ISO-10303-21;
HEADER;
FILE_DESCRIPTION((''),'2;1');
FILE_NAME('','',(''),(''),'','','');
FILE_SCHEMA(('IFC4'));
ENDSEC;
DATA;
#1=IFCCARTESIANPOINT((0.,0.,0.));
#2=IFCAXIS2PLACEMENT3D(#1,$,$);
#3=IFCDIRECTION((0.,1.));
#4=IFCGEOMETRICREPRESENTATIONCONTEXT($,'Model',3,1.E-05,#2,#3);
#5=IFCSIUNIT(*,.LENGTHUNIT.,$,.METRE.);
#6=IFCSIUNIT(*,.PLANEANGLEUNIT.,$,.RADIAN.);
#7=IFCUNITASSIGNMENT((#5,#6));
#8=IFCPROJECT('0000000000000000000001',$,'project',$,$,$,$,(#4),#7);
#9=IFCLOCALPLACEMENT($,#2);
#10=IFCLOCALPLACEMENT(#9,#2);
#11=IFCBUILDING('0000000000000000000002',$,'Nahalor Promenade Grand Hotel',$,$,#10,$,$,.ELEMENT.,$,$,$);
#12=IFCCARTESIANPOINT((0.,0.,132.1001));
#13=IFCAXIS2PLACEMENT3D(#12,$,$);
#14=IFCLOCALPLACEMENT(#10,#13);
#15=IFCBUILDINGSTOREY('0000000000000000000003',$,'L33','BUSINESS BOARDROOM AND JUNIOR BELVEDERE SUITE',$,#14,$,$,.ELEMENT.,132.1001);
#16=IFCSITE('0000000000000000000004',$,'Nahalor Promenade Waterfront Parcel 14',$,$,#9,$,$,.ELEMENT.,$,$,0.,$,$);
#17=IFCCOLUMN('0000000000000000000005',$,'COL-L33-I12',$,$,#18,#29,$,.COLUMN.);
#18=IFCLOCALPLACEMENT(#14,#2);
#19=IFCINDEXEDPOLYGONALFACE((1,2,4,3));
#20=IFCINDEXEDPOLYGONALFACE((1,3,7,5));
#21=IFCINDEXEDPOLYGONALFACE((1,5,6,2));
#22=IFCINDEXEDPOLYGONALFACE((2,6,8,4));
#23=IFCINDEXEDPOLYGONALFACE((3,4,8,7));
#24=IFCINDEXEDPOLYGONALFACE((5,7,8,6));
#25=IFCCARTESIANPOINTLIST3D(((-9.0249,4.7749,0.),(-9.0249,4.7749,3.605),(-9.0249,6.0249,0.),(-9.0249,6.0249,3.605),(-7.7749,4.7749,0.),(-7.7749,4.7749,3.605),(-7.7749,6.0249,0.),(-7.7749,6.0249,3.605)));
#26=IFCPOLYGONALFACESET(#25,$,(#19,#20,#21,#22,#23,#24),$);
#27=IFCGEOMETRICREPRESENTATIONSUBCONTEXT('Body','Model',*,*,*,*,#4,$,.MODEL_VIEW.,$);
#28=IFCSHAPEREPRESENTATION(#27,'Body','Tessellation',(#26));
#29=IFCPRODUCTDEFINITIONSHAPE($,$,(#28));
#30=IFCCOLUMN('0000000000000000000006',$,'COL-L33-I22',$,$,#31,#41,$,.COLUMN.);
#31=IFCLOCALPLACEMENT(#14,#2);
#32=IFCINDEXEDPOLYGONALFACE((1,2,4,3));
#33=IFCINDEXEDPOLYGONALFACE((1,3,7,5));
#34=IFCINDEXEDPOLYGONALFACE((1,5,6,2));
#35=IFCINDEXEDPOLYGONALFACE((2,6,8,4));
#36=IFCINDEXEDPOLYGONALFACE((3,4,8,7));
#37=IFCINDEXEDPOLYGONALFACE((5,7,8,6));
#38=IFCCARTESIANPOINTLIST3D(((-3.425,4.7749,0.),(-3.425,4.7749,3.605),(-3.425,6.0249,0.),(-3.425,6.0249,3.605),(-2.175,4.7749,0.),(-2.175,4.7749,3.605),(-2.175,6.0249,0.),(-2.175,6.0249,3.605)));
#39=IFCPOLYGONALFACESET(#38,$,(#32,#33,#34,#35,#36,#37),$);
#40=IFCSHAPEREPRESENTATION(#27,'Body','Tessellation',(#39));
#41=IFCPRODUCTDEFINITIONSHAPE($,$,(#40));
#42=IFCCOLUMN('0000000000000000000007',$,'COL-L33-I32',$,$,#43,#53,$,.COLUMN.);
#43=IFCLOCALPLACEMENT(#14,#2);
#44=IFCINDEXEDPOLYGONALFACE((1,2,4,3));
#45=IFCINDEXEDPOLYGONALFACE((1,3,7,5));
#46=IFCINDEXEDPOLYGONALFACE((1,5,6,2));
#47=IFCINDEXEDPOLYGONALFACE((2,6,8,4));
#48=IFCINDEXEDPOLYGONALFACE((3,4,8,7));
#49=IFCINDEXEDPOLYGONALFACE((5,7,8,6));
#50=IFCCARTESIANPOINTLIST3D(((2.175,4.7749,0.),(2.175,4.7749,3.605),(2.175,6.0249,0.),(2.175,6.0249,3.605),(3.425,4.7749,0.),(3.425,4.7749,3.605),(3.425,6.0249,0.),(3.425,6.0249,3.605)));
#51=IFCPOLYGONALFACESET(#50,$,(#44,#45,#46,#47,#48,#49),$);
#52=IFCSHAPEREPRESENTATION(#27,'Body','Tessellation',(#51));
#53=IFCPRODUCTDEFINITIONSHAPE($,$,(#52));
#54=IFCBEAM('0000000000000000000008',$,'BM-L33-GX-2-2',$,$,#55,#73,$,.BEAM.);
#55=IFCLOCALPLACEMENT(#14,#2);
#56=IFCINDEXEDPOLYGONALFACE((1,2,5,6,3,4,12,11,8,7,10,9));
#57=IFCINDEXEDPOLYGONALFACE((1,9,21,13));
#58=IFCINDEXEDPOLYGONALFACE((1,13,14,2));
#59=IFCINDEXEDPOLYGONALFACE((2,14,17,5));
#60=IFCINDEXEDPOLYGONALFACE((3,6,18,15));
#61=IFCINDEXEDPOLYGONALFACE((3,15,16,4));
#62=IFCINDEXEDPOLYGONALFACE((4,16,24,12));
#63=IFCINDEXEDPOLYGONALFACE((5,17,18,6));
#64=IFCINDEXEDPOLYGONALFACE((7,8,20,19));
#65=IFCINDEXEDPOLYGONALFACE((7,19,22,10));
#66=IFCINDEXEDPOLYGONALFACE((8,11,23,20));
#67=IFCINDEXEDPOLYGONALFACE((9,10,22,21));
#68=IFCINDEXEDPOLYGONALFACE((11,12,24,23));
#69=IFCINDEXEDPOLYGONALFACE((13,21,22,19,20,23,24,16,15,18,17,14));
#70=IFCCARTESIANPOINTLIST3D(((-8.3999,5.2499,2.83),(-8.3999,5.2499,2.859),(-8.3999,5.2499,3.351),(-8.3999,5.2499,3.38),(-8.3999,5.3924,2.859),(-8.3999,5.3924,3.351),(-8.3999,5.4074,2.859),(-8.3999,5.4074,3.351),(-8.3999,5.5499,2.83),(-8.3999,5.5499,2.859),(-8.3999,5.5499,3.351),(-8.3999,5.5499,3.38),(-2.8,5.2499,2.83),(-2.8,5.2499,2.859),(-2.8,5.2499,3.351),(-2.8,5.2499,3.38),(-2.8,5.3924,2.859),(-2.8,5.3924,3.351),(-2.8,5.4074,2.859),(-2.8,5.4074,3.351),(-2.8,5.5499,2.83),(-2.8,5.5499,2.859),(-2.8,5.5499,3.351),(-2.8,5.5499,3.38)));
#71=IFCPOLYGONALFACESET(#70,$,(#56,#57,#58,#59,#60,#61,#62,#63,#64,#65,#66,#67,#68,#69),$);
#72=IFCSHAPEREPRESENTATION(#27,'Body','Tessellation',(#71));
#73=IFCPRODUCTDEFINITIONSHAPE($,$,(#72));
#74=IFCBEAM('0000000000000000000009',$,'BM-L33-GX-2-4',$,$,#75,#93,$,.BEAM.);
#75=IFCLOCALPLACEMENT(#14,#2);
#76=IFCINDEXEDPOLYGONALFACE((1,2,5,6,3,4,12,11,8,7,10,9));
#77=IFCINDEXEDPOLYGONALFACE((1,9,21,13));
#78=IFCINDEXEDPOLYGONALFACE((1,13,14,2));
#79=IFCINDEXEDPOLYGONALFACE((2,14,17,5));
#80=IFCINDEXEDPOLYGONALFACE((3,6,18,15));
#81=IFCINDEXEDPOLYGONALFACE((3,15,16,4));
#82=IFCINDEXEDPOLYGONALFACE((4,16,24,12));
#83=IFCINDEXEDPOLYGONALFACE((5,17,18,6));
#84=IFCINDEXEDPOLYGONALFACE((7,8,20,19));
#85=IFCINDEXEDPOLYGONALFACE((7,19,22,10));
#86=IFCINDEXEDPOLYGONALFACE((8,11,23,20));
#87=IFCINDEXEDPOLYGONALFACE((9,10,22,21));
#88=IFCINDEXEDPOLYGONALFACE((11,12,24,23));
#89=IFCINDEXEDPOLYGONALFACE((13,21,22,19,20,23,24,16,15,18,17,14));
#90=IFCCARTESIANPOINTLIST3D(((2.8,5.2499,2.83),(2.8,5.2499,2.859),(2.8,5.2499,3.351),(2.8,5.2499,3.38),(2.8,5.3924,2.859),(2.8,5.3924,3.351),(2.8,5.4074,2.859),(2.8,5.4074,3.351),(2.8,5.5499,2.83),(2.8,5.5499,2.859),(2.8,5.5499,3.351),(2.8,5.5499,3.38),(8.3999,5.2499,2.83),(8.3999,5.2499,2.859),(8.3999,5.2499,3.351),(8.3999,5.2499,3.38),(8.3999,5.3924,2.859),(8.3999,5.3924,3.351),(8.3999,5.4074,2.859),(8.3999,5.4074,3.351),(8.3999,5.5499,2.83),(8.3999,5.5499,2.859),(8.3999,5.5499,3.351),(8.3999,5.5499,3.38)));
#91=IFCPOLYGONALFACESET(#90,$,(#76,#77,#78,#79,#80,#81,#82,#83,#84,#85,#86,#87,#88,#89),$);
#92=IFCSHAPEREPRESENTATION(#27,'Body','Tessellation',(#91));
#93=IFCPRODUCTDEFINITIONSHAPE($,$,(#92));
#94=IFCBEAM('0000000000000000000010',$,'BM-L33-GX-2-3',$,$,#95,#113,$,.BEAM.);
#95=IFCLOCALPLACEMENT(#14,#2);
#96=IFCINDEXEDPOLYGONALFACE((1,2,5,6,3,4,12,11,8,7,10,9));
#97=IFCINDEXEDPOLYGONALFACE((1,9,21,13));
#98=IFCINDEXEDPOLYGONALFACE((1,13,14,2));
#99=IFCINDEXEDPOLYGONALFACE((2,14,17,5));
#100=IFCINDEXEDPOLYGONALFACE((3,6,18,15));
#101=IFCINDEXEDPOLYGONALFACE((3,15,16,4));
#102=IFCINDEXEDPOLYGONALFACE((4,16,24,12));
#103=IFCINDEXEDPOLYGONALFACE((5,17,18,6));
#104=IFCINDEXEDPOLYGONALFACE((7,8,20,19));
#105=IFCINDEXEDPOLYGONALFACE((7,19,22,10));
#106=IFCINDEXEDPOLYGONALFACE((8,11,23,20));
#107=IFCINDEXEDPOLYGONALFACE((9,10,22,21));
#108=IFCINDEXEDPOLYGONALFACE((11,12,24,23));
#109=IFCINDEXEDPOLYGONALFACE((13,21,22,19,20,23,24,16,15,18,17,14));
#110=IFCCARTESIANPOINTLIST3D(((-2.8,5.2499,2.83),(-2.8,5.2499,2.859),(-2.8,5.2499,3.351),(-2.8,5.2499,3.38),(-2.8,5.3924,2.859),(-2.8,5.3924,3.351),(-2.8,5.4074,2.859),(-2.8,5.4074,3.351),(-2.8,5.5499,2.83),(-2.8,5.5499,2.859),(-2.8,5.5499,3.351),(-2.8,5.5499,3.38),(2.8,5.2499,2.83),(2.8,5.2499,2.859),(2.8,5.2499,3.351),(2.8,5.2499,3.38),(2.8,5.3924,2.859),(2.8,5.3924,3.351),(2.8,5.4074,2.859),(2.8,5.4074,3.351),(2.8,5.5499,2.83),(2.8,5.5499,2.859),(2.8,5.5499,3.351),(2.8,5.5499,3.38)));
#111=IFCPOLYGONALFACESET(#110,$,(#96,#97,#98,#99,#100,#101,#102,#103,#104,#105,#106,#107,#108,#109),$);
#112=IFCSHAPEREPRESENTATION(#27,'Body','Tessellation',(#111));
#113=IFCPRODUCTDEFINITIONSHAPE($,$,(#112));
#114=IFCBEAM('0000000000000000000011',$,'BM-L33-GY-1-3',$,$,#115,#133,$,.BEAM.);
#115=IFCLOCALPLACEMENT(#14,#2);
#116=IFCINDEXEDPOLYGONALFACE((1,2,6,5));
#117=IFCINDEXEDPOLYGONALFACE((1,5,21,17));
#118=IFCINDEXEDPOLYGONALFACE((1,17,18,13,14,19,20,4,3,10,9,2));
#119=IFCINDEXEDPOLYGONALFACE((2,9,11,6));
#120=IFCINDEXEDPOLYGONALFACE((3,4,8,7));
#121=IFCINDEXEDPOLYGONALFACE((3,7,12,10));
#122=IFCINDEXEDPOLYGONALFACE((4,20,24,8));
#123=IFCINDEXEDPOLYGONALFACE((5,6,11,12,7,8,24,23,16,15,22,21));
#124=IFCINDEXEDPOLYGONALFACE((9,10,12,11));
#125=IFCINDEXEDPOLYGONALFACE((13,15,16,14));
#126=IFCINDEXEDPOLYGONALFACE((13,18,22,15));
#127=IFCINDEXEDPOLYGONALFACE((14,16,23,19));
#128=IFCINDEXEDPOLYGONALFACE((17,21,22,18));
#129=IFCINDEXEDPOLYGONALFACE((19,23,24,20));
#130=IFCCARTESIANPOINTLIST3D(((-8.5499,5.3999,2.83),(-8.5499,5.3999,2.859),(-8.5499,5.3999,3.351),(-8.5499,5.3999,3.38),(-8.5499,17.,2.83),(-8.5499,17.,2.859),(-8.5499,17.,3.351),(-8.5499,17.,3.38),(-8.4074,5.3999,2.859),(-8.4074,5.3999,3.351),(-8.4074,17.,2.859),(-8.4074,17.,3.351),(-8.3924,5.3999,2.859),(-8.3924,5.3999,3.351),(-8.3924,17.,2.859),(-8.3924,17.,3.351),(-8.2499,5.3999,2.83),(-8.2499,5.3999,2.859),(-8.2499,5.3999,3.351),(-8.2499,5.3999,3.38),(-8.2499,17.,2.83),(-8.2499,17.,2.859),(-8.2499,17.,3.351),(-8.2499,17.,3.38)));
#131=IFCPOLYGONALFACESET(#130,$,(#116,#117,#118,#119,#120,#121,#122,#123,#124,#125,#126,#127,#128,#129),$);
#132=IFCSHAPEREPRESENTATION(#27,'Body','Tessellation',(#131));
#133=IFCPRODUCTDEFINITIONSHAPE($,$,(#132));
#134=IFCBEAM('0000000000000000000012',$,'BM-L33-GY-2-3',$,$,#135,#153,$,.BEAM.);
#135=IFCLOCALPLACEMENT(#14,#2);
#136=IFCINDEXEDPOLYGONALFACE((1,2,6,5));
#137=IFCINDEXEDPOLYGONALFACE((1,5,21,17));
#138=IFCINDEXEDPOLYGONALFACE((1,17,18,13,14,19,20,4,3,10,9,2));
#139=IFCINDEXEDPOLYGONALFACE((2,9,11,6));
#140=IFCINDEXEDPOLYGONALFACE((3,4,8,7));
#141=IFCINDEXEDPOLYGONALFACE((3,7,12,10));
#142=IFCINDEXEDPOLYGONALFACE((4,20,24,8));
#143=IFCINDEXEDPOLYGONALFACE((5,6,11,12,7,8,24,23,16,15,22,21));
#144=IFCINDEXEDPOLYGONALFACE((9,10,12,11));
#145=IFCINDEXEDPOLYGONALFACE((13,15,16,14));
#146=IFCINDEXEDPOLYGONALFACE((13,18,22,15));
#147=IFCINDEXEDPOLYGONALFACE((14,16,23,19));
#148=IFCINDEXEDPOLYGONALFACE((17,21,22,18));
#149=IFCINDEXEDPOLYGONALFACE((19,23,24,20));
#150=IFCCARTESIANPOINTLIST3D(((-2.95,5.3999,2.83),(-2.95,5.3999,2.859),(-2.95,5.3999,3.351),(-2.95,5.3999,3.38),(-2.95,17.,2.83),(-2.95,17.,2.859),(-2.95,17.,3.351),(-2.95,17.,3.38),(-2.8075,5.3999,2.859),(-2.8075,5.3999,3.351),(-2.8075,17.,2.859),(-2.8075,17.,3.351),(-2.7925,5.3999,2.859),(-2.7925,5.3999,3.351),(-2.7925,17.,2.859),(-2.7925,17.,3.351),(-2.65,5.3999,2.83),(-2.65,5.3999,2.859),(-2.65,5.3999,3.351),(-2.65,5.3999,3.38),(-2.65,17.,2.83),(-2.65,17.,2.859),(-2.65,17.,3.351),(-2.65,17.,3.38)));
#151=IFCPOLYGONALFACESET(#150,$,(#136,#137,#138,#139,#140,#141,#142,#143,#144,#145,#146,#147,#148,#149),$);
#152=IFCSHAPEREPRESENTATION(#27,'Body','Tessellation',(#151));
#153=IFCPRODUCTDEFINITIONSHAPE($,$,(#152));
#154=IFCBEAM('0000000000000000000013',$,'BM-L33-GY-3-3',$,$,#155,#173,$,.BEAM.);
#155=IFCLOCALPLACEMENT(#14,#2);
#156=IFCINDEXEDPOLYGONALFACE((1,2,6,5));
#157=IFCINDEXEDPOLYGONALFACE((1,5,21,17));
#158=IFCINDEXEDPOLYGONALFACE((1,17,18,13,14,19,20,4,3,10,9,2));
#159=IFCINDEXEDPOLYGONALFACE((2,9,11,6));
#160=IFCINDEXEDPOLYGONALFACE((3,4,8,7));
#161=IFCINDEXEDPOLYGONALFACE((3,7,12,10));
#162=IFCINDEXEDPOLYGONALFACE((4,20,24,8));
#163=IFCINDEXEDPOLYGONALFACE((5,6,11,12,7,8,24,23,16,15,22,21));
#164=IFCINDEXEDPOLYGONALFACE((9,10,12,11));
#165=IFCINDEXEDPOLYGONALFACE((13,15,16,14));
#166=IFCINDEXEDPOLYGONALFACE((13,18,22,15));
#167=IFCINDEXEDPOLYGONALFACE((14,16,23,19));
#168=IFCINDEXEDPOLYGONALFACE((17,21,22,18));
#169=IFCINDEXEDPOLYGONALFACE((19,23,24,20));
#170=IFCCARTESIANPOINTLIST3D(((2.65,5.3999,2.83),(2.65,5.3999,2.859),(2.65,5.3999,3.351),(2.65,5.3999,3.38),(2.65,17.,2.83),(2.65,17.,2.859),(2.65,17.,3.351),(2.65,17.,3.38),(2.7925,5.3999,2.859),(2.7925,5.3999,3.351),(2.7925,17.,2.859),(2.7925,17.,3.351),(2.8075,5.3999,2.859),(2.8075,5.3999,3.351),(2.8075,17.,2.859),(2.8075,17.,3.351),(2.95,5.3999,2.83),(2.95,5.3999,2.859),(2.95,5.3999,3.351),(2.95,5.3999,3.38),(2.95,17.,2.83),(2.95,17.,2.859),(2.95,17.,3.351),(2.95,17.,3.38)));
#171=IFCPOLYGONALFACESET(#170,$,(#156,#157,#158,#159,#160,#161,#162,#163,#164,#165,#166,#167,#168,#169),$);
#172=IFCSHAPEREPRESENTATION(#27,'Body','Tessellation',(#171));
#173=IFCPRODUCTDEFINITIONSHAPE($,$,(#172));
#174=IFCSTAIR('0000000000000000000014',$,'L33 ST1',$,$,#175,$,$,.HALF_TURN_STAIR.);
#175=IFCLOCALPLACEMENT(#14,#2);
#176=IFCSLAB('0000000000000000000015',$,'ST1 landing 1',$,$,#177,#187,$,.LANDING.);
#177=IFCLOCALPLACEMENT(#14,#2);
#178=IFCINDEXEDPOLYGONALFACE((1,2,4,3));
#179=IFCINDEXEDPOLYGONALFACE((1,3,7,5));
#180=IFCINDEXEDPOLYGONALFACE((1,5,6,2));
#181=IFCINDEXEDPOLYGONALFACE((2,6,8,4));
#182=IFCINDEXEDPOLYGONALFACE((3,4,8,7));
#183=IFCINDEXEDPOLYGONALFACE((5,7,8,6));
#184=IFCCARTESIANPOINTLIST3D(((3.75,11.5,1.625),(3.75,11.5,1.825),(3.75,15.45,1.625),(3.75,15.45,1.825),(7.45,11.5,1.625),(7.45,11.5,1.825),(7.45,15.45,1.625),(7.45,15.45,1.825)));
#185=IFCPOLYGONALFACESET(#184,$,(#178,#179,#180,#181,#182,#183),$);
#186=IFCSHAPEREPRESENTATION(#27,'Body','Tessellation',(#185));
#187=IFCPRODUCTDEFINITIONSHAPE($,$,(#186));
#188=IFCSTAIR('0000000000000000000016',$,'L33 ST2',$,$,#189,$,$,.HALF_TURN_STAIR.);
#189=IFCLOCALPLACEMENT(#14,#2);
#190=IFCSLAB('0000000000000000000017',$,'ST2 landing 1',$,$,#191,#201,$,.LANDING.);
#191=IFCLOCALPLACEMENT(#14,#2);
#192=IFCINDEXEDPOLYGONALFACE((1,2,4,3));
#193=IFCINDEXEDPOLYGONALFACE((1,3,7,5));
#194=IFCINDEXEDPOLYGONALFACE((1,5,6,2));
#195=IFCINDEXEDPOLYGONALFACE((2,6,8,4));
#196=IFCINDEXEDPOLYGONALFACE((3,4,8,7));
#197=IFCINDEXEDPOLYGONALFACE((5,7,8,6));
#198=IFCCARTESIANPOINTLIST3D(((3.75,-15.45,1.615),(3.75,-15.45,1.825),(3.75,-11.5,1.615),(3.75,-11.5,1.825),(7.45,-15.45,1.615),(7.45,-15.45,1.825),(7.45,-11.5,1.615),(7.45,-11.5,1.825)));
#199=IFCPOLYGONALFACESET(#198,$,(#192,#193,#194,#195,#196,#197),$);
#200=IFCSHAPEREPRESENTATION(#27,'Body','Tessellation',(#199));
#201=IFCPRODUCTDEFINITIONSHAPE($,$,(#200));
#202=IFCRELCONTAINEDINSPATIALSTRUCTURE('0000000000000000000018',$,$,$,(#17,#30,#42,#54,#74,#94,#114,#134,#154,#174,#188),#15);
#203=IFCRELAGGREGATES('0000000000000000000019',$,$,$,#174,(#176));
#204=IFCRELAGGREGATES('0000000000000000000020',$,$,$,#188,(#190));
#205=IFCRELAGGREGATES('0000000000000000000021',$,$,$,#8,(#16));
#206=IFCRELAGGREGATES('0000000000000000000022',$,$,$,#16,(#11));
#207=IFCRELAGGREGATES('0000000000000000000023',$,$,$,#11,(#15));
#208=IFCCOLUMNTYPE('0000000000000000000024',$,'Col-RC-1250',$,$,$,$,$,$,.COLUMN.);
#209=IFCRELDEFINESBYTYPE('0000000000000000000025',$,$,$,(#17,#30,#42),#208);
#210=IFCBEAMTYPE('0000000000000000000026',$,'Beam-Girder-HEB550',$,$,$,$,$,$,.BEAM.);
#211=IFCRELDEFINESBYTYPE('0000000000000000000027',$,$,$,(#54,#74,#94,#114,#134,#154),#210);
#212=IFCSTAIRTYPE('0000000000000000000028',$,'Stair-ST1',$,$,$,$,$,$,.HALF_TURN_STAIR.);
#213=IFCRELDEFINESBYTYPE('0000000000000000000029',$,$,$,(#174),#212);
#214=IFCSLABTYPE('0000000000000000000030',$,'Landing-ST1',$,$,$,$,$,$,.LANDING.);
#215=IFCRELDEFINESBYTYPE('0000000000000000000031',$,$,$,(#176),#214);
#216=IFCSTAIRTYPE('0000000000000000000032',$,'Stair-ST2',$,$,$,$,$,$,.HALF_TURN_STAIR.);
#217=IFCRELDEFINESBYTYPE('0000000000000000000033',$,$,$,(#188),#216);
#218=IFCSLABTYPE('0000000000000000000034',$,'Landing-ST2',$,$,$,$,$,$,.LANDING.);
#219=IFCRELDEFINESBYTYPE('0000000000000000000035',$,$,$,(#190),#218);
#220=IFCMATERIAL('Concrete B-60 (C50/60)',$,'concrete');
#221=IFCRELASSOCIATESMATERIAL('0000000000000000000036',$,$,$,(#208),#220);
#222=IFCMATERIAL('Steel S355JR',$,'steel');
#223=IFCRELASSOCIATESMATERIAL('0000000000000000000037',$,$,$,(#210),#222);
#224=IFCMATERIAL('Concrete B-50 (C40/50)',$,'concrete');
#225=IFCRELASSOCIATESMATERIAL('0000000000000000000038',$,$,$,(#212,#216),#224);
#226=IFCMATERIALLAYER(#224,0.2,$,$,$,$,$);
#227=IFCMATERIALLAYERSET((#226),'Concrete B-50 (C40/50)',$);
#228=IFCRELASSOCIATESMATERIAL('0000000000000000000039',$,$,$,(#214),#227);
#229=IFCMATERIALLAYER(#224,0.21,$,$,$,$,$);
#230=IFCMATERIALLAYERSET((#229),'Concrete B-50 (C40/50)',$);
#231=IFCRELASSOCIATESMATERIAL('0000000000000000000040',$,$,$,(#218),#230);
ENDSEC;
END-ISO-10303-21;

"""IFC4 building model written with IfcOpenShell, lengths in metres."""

from ifc_helpers import new_model, si_unit, direction, frame, origin, origin_2d, place, context, subcontext, project, spatial, polyline, rectangle, i_section, outline, extrude, source, transform, mapped, material, layer, layer_set, material_profile, profile_set, type_object, element, aggregate, save


model = new_model("IFC4")

# Units and contexts
model_context = context("Model", 3, precision=1e-05, world=origin(), true_north=direction((0.0, 1.0)))
body_context = subcontext(model_context, "Body", "Model", "MODEL_VIEW")
ifc_project = project(units=[si_unit("LENGTHUNIT", "METRE"), si_unit("PLANEANGLEUNIT", "RADIAN")], contexts=[model_context])

# Site, building, storey
site_placement = place(None, origin())
site = spatial("IfcSite", under=ifc_project, at=site_placement, Name="Nahalor Promenade Waterfront Parcel 14", CompositionType="ELEMENT", RefElevation=0.0)
building_placement = place(site_placement, origin())
building = spatial("IfcBuilding", under=site, at=building_placement, Name="Nahalor Promenade Grand Hotel", CompositionType="ELEMENT")
storey_placement = place(building_placement, frame((0.0, 0.0, 132.1001)))
storey = spatial("IfcBuildingStorey", under=building, at=storey_placement, Name="L33", Description="BUSINESS BOARDROOM AND JUNIOR BELVEDERE SUITE", CompositionType="ELEMENT", Elevation=132.1001)

# Columns
ifc_material_1 = material(Name="Concrete B-60 (C50/60)", Category="concrete")
ifc_material_profile_1 = material_profile(ifc_material_1, rectangle(XDim=1.25, YDim=1.25, at=origin_2d()), Name="RC 1250x1250")
ifc_profile_set_1 = profile_set([ifc_material_profile_1], Name="Concrete B-60 (C50/60)")
column_type = type_object("IfcColumnType", Name="Col-RC-1250", PredefinedType="COLUMN", material=ifc_profile_set_1)
shared_shape_1 = source(origin(), body_context, "Body", "SweptSolid", [
    extrude(rectangle(XDim=1.25, YDim=1.25, at=origin_2d()), origin(), (0.0, 0.0, 1.0), 3.605),
])
for number, where, z_axis, x_axis, name in (
    (1, (-8.3999, 5.3999, 0.0), (0.0, 0.0, 1.0), (1.0, 0.0, 0.0), "COL-L33-I12"),
    (2, (-2.8, 5.3999, 0.0), (0.0, 0.0, 1.0), (1.0, 0.0, 0.0), "COL-L33-I22"),
    (3, (2.8, 5.3999, 0.0), (0.0, 0.0, 1.0), (1.0, 0.0, 0.0), "COL-L33-I32"),
):
    element("IfcColumn", number, at=place(storey_placement, frame(where, z_axis=z_axis, x_axis=x_axis)), inside=storey, type_object=column_type, Name=name, PredefinedType="COLUMN", context=body_context, shape_type="MappedRepresentation", body=[
        mapped(shared_shape_1, transform((0.0, 0.0, 0.0), scale=1.0)),
    ])

# Beams
ifc_material_2 = material(Name="Steel S355JR", Category="steel")
ifc_material_profile_2 = material_profile(ifc_material_2, i_section(OverallWidth=0.3, OverallDepth=0.55, WebThickness=0.015, FlangeThickness=0.029, at=origin_2d()), Name="HEB 550")
ifc_profile_set_2 = profile_set([ifc_material_profile_2], Name="Steel S355JR")
beam_type = type_object("IfcBeamType", Name="Beam-Girder-HEB550", PredefinedType="BEAM", material=ifc_profile_set_2)
shared_shape_2 = source(origin(), body_context, "Body", "SweptSolid", [
    extrude(i_section(OverallWidth=0.3, OverallDepth=0.55, WebThickness=0.015, FlangeThickness=0.029, at=origin_2d()), origin(), (0.0, 0.0, 1.0), 5.5999),
])
for number, where, z_axis, x_axis, name in (
    (4, (-8.3999, 5.3999, 3.105), (1.0, 0.0, 0.0), (0.0, 1.0, 0.0), "BM-L33-GX-2-2"),
    (5, (2.8, 5.3999, 3.105), (1.0, 0.0, 0.0), (0.0, 1.0, 0.0), "BM-L33-GX-2-4"),
):
    element("IfcBeam", number, at=place(storey_placement, frame(where, z_axis=z_axis, x_axis=x_axis)), inside=storey, type_object=beam_type, Name=name, PredefinedType="BEAM", context=body_context, shape_type="MappedRepresentation", body=[
        mapped(shared_shape_2, transform((0.0, 0.0, 0.0), scale=1.0)),
    ])
shared_shape_3 = source(origin(), body_context, "Body", "SweptSolid", [
    extrude(i_section(OverallWidth=0.3, OverallDepth=0.55, WebThickness=0.015, FlangeThickness=0.029, at=origin_2d()), origin(), (0.0, 0.0, 1.0), 5.6001),
])
beam_placement = place(storey_placement, frame((-2.8, 5.3999, 3.105), z_axis=(1.0, 0.0, 0.0), x_axis=(0.0, 1.0, 0.0)))
element("IfcBeam", 6, at=beam_placement, inside=storey, type_object=beam_type, Name="BM-L33-GX-2-3", PredefinedType="BEAM", context=body_context, shape_type="MappedRepresentation", body=[
    mapped(shared_shape_3, transform((0.0, 0.0, 0.0), scale=1.0)),
])
shared_shape_4 = source(origin(), body_context, "Body", "SweptSolid", [
    extrude(i_section(OverallWidth=0.3, OverallDepth=0.55, WebThickness=0.015, FlangeThickness=0.029, at=origin_2d()), origin(), (0.0, 0.0, 1.0), 11.6001),
])
for number, where, z_axis, x_axis, name in (
    (7, (-8.3999, 5.3999, 3.105), (0.0, 1.0, 0.0), (-1.0, 0.0, 0.0), "BM-L33-GY-1-3"),
    (8, (-2.8, 5.3999, 3.105), (0.0, 1.0, 0.0), (-1.0, 0.0, 0.0), "BM-L33-GY-2-3"),
    (9, (2.8, 5.3999, 3.105), (0.0, 1.0, 0.0), (-1.0, 0.0, 0.0), "BM-L33-GY-3-3"),
):
    element("IfcBeam", number, at=place(storey_placement, frame(where, z_axis=z_axis, x_axis=x_axis)), inside=storey, type_object=beam_type, Name=name, PredefinedType="BEAM", context=body_context, shape_type="MappedRepresentation", body=[
        mapped(shared_shape_4, transform((0.0, 0.0, 0.0), scale=1.0)),
    ])

# Stairs, slabs
ifc_material_3 = material(Name="Concrete B-50 (C40/50)", Category="concrete")
stair_type_1 = type_object("IfcStairType", Name="Stair-ST1", PredefinedType="HALF_TURN_STAIR", material=ifc_material_3)
stair_1_placement = place(storey_placement, origin())
stair_1 = element("IfcStair", 10, at=stair_1_placement, inside=storey, type_object=stair_type_1, Name="L33 ST1", PredefinedType="HALF_TURN_STAIR")
ifc_layer_1 = layer(ifc_material_3, 0.2)
ifc_layer_set_1 = layer_set([ifc_layer_1], Name="Concrete B-50 (C40/50)")
slab_type_1 = type_object("IfcSlabType", Name="Landing-ST1", PredefinedType="LANDING", material=ifc_layer_set_1)
slab_1_placement = place(storey_placement, frame((0.0, 0.0, 1.625)))
slab_1 = element("IfcSlab", 11, at=slab_1_placement, type_object=slab_type_1, Name="ST1 landing 1", PredefinedType="LANDING", context=body_context, shape_type="SweptSolid", body=[
    extrude(outline(polyline([(7.45, 11.5), (7.45, 15.45), (3.75, 15.45), (3.75, 11.5), (7.45, 11.5)])), origin(), (0.0, 0.0, 1.0), 0.2),
])
aggregate(stair_1, [slab_1])
stair_type_2 = type_object("IfcStairType", Name="Stair-ST2", PredefinedType="HALF_TURN_STAIR", material=ifc_material_3)
stair_2_placement = place(storey_placement, origin())
stair_2 = element("IfcStair", 12, at=stair_2_placement, inside=storey, type_object=stair_type_2, Name="L33 ST2", PredefinedType="HALF_TURN_STAIR")
ifc_layer_2 = layer(ifc_material_3, 0.21)
ifc_layer_set_2 = layer_set([ifc_layer_2], Name="Concrete B-50 (C40/50)")
slab_type_2 = type_object("IfcSlabType", Name="Landing-ST2", PredefinedType="LANDING", material=ifc_layer_set_2)
slab_2_placement = place(storey_placement, frame((0.0, 0.0, 1.615)))
slab_2 = element("IfcSlab", 13, at=slab_2_placement, type_object=slab_type_2, Name="ST2 landing 1", PredefinedType="LANDING", context=body_context, shape_type="SweptSolid", body=[
    extrude(outline(polyline([(3.75, -11.5), (3.75, -15.45), (7.45, -15.45), (7.45, -11.5), (3.75, -11.5)])), origin(), (0.0, 0.0, 1.0), 0.21),
])
aggregate(stair_2, [slab_2])

save(model, "model.ifc")
